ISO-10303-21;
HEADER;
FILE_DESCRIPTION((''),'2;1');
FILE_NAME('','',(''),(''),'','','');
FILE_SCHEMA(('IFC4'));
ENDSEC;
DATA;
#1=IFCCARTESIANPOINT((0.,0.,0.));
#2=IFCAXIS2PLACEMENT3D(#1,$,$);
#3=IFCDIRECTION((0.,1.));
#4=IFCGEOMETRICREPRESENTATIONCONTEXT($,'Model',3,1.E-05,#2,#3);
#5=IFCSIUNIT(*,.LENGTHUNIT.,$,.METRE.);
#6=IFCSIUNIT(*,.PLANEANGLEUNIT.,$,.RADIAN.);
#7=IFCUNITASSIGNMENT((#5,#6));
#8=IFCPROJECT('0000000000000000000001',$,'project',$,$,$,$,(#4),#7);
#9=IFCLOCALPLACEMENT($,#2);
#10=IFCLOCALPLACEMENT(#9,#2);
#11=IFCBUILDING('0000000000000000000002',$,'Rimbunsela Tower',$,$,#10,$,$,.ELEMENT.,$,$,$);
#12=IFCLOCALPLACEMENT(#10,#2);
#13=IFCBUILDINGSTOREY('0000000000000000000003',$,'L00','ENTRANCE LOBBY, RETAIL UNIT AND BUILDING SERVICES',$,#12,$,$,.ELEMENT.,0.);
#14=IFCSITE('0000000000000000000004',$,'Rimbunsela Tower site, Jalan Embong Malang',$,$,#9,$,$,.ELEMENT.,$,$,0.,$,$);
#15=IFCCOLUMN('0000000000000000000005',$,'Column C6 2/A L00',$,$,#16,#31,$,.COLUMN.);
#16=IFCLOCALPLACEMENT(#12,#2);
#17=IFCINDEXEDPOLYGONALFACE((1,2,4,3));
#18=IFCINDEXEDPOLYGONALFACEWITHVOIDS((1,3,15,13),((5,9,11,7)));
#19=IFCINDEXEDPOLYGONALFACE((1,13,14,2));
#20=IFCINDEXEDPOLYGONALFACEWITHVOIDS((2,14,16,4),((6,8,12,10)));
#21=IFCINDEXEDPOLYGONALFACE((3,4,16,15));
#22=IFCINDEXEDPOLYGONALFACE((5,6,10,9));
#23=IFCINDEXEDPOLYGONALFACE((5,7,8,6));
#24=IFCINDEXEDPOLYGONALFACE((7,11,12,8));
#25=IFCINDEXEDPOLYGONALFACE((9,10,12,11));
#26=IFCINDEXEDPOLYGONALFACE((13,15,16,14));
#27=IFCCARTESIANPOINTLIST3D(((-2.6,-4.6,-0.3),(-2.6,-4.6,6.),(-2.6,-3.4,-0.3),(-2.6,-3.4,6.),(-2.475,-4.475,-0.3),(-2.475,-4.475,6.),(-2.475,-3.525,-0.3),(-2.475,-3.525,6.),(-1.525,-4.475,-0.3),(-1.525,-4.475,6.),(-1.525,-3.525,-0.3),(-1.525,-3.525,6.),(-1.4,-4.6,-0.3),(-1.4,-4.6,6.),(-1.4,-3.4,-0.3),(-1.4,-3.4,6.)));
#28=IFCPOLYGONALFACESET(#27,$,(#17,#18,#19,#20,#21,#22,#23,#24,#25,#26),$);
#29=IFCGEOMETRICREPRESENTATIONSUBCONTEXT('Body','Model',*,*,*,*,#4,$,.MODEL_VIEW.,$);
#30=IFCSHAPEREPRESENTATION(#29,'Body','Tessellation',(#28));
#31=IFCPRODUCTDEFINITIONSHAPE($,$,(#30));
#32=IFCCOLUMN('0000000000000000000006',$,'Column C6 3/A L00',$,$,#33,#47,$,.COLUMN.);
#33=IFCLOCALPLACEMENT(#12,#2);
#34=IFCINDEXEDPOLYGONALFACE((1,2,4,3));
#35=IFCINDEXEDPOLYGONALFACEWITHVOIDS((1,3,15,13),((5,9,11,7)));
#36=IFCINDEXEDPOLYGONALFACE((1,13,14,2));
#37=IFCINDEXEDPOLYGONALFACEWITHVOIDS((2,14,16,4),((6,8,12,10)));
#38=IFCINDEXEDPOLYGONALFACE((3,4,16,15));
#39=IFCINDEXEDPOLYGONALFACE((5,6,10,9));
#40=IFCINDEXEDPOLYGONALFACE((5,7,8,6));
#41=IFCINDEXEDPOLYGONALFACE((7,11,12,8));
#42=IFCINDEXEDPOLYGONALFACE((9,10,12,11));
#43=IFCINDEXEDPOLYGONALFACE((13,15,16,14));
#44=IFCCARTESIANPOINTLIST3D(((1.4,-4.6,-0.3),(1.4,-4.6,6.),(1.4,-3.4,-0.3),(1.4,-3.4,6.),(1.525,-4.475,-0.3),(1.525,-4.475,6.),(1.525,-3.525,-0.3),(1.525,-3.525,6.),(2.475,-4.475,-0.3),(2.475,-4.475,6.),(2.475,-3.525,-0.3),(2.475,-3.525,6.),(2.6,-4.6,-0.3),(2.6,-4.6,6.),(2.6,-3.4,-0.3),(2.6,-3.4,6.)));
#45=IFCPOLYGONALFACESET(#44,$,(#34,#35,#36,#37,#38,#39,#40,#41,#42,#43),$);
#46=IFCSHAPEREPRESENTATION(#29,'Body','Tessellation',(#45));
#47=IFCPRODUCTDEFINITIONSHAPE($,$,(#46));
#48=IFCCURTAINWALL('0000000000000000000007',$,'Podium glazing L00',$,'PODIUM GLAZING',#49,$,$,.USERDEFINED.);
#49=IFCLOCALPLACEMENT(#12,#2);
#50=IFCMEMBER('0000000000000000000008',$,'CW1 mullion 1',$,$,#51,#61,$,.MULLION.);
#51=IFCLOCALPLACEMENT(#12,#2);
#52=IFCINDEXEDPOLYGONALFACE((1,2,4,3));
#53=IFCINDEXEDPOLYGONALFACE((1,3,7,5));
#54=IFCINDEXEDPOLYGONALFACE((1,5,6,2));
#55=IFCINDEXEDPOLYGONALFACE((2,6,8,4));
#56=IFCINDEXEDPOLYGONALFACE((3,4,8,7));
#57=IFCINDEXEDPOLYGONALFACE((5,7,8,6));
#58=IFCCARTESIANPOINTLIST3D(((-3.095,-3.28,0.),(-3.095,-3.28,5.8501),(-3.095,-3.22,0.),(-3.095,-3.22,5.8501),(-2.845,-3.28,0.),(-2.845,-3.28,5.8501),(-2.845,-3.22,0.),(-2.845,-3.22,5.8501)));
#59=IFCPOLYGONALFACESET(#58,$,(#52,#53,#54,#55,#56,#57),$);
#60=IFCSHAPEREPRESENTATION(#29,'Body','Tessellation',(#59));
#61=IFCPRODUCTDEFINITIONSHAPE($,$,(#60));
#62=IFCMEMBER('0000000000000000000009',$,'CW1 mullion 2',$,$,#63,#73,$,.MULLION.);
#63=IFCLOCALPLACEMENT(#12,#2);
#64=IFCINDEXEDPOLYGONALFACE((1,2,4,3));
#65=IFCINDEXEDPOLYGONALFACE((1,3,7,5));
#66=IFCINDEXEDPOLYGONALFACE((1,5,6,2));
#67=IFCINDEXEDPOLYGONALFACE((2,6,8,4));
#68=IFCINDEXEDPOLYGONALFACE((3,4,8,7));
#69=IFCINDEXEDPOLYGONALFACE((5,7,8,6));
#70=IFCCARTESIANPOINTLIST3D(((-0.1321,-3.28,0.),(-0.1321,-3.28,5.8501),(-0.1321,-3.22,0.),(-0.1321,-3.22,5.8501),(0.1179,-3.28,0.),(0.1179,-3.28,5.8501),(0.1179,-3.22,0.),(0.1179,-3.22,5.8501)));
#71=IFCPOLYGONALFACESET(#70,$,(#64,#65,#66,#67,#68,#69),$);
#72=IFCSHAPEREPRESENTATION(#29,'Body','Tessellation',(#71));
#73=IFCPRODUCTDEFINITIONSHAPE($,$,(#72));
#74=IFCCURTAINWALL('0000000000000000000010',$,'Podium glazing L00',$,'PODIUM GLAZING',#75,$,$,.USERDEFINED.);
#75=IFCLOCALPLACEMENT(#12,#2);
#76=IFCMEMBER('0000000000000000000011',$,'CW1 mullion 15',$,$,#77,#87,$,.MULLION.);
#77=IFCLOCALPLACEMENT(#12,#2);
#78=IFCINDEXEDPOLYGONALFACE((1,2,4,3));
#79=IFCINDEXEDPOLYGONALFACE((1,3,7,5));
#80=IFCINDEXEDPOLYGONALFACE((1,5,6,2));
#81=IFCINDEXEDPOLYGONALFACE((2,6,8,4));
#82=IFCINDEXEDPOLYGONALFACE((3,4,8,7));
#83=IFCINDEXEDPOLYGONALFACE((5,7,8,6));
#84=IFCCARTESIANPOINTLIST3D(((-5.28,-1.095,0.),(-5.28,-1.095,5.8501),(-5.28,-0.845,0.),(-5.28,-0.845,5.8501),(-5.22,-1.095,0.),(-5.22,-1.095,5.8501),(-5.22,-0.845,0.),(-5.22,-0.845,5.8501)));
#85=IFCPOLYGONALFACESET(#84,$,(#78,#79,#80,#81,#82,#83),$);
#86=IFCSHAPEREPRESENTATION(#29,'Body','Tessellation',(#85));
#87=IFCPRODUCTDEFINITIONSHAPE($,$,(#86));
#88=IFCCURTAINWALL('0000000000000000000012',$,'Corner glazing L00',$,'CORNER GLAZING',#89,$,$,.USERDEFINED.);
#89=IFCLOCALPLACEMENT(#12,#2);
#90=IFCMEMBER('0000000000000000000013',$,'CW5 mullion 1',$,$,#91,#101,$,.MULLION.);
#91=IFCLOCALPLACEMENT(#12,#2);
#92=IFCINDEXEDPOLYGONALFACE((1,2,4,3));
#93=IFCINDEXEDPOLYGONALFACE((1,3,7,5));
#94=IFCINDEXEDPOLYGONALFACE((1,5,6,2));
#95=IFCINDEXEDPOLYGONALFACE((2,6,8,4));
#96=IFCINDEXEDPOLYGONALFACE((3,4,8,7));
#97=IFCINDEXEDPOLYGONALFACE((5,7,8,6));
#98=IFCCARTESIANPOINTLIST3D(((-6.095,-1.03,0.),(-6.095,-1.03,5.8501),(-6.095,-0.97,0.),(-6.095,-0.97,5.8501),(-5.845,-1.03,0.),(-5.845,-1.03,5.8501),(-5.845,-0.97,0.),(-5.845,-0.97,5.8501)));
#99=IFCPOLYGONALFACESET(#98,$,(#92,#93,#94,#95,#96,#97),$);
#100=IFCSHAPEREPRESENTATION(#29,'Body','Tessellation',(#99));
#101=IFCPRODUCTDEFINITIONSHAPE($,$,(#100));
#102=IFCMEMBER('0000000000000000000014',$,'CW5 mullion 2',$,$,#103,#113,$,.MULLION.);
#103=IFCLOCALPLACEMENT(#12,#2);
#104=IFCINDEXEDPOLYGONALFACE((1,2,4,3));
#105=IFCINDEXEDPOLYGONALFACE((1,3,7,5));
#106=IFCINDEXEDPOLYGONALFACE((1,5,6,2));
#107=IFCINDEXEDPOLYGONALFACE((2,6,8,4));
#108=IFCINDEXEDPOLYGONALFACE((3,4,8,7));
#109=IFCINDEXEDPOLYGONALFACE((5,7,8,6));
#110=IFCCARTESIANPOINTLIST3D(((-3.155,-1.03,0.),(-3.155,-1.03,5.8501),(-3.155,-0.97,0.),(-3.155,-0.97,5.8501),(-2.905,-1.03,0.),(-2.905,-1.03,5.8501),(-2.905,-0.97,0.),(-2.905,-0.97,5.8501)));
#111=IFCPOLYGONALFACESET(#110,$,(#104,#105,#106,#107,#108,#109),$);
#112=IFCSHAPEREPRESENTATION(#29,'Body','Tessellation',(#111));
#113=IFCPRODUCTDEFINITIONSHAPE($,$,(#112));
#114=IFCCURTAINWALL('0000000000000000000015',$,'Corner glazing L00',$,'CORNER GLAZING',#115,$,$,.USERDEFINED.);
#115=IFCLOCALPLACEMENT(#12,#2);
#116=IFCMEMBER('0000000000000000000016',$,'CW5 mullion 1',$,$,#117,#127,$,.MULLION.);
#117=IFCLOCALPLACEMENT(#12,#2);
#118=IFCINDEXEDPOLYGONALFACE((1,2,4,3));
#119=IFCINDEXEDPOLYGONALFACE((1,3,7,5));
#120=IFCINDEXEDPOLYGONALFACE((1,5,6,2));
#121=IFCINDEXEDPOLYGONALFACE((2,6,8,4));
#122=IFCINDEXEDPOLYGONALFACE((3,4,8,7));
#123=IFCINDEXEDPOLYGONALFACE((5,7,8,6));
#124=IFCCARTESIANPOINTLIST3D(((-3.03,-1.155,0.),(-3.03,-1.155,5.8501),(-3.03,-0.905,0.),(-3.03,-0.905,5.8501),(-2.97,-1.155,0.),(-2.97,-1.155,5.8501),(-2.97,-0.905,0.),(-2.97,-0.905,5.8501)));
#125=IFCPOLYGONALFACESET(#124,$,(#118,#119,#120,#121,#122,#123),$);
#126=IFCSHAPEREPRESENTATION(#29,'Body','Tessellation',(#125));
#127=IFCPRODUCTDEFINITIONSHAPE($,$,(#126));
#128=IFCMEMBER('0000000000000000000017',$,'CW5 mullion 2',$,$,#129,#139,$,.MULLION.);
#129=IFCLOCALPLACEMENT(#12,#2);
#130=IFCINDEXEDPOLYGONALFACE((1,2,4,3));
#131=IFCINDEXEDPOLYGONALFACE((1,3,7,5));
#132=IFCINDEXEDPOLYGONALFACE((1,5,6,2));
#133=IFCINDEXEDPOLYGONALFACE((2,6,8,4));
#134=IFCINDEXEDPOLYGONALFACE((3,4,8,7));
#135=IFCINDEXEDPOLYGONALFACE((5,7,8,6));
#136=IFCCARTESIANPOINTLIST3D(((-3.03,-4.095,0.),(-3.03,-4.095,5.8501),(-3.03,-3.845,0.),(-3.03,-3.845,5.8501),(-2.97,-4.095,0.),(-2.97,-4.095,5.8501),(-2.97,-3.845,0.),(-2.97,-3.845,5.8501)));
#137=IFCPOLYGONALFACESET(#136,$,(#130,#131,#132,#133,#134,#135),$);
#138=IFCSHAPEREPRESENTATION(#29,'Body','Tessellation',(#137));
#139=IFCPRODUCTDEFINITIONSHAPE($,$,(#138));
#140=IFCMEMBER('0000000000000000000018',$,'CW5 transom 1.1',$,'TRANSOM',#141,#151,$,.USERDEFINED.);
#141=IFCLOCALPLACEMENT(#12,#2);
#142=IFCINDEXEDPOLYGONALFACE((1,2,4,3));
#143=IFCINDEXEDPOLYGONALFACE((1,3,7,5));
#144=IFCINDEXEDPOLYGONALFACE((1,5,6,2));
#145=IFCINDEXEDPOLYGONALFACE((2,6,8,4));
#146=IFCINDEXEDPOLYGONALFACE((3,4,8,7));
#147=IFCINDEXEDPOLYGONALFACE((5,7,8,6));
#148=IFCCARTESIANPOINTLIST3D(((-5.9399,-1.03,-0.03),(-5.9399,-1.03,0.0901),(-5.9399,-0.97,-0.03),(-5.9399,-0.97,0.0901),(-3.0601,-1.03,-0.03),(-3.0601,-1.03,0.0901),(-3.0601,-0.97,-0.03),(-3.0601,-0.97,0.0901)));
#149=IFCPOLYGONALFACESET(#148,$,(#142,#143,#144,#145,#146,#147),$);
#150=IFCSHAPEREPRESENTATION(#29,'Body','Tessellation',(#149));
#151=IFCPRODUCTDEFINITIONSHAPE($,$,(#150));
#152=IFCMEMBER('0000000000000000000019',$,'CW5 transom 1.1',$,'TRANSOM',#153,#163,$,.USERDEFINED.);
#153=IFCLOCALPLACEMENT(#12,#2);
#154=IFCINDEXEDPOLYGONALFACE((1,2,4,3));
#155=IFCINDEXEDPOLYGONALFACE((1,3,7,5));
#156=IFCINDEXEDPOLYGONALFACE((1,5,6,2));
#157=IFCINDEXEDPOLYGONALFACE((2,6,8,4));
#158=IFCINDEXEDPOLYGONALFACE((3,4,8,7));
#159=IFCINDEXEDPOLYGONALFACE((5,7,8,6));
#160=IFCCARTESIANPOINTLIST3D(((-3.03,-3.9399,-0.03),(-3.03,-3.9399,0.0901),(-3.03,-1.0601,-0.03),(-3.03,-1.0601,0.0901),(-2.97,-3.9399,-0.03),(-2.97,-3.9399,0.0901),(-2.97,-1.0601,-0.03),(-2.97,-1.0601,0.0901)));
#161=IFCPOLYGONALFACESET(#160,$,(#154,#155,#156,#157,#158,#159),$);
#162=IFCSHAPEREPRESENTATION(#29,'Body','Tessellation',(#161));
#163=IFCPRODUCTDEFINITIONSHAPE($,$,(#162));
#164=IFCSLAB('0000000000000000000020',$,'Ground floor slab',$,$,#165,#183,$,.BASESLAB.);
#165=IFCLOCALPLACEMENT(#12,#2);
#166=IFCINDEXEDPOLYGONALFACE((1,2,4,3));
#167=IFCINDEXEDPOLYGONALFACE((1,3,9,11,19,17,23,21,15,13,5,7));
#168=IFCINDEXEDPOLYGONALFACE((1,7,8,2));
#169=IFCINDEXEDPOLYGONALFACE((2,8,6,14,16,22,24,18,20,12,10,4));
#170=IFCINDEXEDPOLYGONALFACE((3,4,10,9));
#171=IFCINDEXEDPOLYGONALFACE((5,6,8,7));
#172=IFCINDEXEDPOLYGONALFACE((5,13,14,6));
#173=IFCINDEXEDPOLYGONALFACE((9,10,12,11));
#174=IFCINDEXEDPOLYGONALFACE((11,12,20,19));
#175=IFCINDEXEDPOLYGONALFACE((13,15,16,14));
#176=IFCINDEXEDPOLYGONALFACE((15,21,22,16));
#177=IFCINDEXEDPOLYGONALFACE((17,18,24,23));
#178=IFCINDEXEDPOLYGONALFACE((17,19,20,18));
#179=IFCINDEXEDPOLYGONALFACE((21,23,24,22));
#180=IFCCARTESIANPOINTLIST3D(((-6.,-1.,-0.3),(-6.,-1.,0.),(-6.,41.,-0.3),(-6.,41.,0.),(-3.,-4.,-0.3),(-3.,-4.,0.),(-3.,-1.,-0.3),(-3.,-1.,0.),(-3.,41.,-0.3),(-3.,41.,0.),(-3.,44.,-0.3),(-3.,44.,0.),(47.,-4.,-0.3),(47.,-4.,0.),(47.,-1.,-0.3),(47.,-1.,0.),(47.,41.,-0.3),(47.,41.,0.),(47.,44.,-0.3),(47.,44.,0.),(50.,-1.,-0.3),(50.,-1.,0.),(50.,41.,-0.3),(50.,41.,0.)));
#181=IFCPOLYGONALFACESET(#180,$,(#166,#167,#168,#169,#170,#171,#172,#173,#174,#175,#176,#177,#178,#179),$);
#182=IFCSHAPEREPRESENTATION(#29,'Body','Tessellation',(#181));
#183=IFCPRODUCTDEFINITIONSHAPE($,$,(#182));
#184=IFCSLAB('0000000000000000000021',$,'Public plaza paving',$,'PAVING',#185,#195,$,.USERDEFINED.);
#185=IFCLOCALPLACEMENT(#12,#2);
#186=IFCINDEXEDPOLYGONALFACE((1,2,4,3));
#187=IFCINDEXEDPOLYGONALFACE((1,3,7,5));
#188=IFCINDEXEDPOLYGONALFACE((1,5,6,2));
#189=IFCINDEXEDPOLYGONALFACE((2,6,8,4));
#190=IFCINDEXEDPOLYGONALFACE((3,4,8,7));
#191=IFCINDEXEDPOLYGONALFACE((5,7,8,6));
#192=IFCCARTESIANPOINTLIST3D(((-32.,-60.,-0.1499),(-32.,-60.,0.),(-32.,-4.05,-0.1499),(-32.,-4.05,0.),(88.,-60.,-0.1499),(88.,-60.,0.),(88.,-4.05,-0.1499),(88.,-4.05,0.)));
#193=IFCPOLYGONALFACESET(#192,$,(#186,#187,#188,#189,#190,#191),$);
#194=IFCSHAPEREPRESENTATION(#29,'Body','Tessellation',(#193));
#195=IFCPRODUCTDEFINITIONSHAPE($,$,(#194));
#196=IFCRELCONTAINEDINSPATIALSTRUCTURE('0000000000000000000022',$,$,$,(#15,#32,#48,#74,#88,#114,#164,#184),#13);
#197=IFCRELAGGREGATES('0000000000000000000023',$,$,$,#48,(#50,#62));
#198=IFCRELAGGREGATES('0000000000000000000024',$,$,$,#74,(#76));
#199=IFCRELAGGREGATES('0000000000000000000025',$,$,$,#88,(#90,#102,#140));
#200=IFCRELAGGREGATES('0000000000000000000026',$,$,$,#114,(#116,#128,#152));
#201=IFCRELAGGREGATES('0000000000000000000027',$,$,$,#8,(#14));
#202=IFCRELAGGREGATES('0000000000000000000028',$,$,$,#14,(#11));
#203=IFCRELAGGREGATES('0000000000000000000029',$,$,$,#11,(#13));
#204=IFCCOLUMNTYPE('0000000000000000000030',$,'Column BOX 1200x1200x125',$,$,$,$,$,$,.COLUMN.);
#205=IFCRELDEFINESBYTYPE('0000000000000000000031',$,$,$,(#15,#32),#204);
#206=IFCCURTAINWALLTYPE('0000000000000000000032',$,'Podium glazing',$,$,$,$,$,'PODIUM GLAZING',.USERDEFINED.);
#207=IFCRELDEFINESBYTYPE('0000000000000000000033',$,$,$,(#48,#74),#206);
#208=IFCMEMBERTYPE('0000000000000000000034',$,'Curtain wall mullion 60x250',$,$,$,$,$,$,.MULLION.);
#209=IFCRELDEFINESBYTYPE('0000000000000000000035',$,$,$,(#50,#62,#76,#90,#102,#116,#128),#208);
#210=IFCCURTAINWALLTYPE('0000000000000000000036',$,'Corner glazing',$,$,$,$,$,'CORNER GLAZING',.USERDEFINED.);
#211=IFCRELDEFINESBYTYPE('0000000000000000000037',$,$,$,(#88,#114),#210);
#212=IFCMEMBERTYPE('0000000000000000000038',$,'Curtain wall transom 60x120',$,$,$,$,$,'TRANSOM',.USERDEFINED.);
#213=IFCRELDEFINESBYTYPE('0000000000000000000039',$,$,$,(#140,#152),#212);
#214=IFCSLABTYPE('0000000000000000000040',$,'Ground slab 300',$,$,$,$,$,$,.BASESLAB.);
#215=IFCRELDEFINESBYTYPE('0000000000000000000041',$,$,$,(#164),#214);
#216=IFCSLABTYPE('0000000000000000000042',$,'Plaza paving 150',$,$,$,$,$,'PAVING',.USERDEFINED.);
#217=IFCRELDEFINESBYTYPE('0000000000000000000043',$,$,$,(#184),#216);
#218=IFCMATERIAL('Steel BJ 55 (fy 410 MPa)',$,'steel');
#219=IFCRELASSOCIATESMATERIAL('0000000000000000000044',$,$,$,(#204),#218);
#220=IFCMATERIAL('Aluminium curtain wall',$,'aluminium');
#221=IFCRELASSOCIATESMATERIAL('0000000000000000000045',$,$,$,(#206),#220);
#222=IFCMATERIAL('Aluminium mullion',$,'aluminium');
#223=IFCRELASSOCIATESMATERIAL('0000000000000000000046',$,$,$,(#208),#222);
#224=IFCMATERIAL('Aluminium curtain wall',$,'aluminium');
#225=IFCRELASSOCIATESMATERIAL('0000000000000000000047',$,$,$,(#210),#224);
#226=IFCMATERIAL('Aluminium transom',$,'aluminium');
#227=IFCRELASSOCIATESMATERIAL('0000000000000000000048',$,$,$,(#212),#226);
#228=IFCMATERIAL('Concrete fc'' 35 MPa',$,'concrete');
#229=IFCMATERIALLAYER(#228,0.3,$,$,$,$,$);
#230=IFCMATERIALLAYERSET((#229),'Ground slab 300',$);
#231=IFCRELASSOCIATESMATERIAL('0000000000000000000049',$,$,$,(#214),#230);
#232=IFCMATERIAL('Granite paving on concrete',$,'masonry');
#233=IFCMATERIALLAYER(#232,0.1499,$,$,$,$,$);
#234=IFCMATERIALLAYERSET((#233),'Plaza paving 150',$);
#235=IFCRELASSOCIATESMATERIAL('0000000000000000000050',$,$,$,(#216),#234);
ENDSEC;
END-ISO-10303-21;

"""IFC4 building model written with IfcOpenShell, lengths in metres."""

from ifc_helpers import new_model, si_unit, direction, frame, origin, origin_2d, place, context, subcontext, project, spatial, polyline, rectangle, hollow_rectangle, outline, extrude, material, layer, layer_set, material_profile, profile_set, type_object, element, aggregate, save


model = new_model("IFC4")

# Units and contexts
model_context = context("Model", 3, precision=1e-05, world=origin(), true_north=direction((0.0, 1.0)))
body_context = subcontext(model_context, "Body", "Model", "MODEL_VIEW")
ifc_project = project(units=[si_unit("LENGTHUNIT", "METRE"), si_unit("PLANEANGLEUNIT", "RADIAN")], contexts=[model_context])

# Site, building, storey
site_placement = place(None, origin())
site = spatial("IfcSite", under=ifc_project, at=site_placement, Name="Rimbunsela Tower site, Jalan Embong Malang", CompositionType="ELEMENT", RefElevation=0.0)
building_placement = place(site_placement, origin())
building = spatial("IfcBuilding", under=site, at=building_placement, Name="Rimbunsela Tower", CompositionType="ELEMENT")
storey_placement = place(building_placement, origin())
storey = spatial("IfcBuildingStorey", under=building, at=storey_placement, Name="L00", Description="ENTRANCE LOBBY, RETAIL UNIT AND BUILDING SERVICES", CompositionType="ELEMENT", Elevation=0.0)

# Columns
ifc_material_1 = material(Name="Steel BJ 55 (fy 410 MPa)", Category="steel")
ifc_material_profile_1 = material_profile(ifc_material_1, hollow_rectangle(XDim=1.2, YDim=1.2, WallThickness=0.125, at=origin_2d()), Name="BOX 1200x1200x125")
ifc_profile_set_1 = profile_set([ifc_material_profile_1], Name="Steel BJ 55 (fy 410 MPa)")
column_type = type_object("IfcColumnType", Name="Column BOX 1200x1200x125", PredefinedType="COLUMN", material=ifc_profile_set_1)
for number, where, z_axis, x_axis, name in (
    (1, (-2.0, -4.0, -0.3), (0.0, 0.0, 1.0), (1.0, 0.0, 0.0), "Column C6 2/A L00"),
    (2, (2.0, -4.0, -0.3), (0.0, 0.0, 1.0), (1.0, 0.0, 0.0), "Column C6 3/A L00"),
):
    element("IfcColumn", number, at=place(storey_placement, frame(where, z_axis=z_axis, x_axis=x_axis)), inside=storey, type_object=column_type, Name=name, PredefinedType="COLUMN", context=body_context, shape_type="SweptSolid", body=[
        extrude(hollow_rectangle(XDim=1.2, YDim=1.2, WallThickness=0.125, at=origin_2d()), origin(), (0.0, 0.0, 1.0), 6.3),
    ])

# Curtain wall, members
ifc_material_2 = material(Name="Aluminium curtain wall", Category="aluminium")
curtain_wall_type_1 = type_object("IfcCurtainWallType", Name="Podium glazing", ElementType="PODIUM GLAZING", PredefinedType="USERDEFINED", material=ifc_material_2)
curtain_wall_1_placement = place(storey_placement, origin())
curtain_wall_1 = element("IfcCurtainWall", 3, at=curtain_wall_1_placement, inside=storey, type_object=curtain_wall_type_1, Name="Podium glazing L00", ObjectType="PODIUM GLAZING", PredefinedType="USERDEFINED")
ifc_material_3 = material(Name="Aluminium mullion", Category="aluminium")
ifc_material_profile_2 = material_profile(ifc_material_3, rectangle(XDim=0.0601, YDim=0.25, at=origin_2d()), Name="Mullion 60x250")
ifc_profile_set_2 = profile_set([ifc_material_profile_2], Name="Aluminium mullion")
member_type_1 = type_object("IfcMemberType", Name="Curtain wall mullion 60x250", PredefinedType="MULLION", material=ifc_profile_set_2)
member_1_placement = place(storey_placement, frame((-2.97, -3.25, 0.0), z_axis=(0.0, 0.0, 1.0), x_axis=(0.0, 1.0, 0.0)))
member_1 = element("IfcMember", 4, at=member_1_placement, type_object=member_type_1, Name="CW1 mullion 1", PredefinedType="MULLION", context=body_context, shape_type="SweptSolid", body=[
    extrude(rectangle(XDim=0.0601, YDim=0.25, at=origin_2d()), origin(), (0.0, 0.0, 1.0), 5.8501),
])
member_2_placement = place(storey_placement, frame((-0.0071, -3.25, 0.0), z_axis=(0.0, 0.0, 1.0), x_axis=(0.0, 1.0, 0.0)))
member_2 = element("IfcMember", 5, at=member_2_placement, type_object=member_type_1, Name="CW1 mullion 2", PredefinedType="MULLION", context=body_context, shape_type="SweptSolid", body=[
    extrude(rectangle(XDim=0.0601, YDim=0.25, at=origin_2d()), origin(), (0.0, 0.0, 1.0), 5.8501),
])
aggregate(curtain_wall_1, [member_1, member_2])

# Curtain wall, member
curtain_wall_2_placement = place(storey_placement, origin())
curtain_wall_2 = element("IfcCurtainWall", 6, at=curtain_wall_2_placement, inside=storey, type_object=curtain_wall_type_1, Name="Podium glazing L00", ObjectType="PODIUM GLAZING", PredefinedType="USERDEFINED")
member_3_placement = place(storey_placement, frame((-5.25, -0.97, 0.0), z_axis=(0.0, 0.0, 1.0), x_axis=(1.0, 0.0, 0.0)))
member_3 = element("IfcMember", 7, at=member_3_placement, type_object=member_type_1, Name="CW1 mullion 15", PredefinedType="MULLION", context=body_context, shape_type="SweptSolid", body=[
    extrude(rectangle(XDim=0.0601, YDim=0.25, at=origin_2d()), origin(), (0.0, 0.0, 1.0), 5.8501),
])
aggregate(curtain_wall_2, [member_3])

# Curtain walls, members
ifc_material_4 = material(Name="Aluminium curtain wall", Category="aluminium")
curtain_wall_type_2 = type_object("IfcCurtainWallType", Name="Corner glazing", ElementType="CORNER GLAZING", PredefinedType="USERDEFINED", material=ifc_material_4)
curtain_wall_3_placement = place(storey_placement, origin())
curtain_wall_3 = element("IfcCurtainWall", 8, at=curtain_wall_3_placement, inside=storey, type_object=curtain_wall_type_2, Name="Corner glazing L00", ObjectType="CORNER GLAZING", PredefinedType="USERDEFINED")
member_4_placement = place(storey_placement, frame((-5.97, -1.0, 0.0), z_axis=(0.0, 0.0, 1.0), x_axis=(0.0, 1.0, 0.0)))
member_4 = element("IfcMember", 9, at=member_4_placement, type_object=member_type_1, Name="CW5 mullion 1", PredefinedType="MULLION", context=body_context, shape_type="SweptSolid", body=[
    extrude(rectangle(XDim=0.0601, YDim=0.25, at=origin_2d()), origin(), (0.0, 0.0, 1.0), 5.8501),
])
member_5_placement = place(storey_placement, frame((-3.03, -1.0, 0.0), z_axis=(0.0, 0.0, 1.0), x_axis=(0.0, 1.0, 0.0)))
member_5 = element("IfcMember", 10, at=member_5_placement, type_object=member_type_1, Name="CW5 mullion 2", PredefinedType="MULLION", context=body_context, shape_type="SweptSolid", body=[
    extrude(rectangle(XDim=0.0601, YDim=0.25, at=origin_2d()), origin(), (0.0, 0.0, 1.0), 5.8501),
])
curtain_wall_4_placement = place(storey_placement, origin())
curtain_wall_4 = element("IfcCurtainWall", 11, at=curtain_wall_4_placement, inside=storey, type_object=curtain_wall_type_2, Name="Corner glazing L00", ObjectType="CORNER GLAZING", PredefinedType="USERDEFINED")
member_6_placement = place(storey_placement, frame((-3.0, -1.03, 0.0), z_axis=(0.0, 0.0, 1.0), x_axis=(1.0, 0.0, 0.0)))
member_6 = element("IfcMember", 12, at=member_6_placement, type_object=member_type_1, Name="CW5 mullion 1", PredefinedType="MULLION", context=body_context, shape_type="SweptSolid", body=[
    extrude(rectangle(XDim=0.0601, YDim=0.25, at=origin_2d()), origin(), (0.0, 0.0, 1.0), 5.8501),
])
member_7_placement = place(storey_placement, frame((-3.0, -3.97, 0.0), z_axis=(0.0, 0.0, 1.0), x_axis=(1.0, 0.0, 0.0)))
member_7 = element("IfcMember", 13, at=member_7_placement, type_object=member_type_1, Name="CW5 mullion 2", PredefinedType="MULLION", context=body_context, shape_type="SweptSolid", body=[
    extrude(rectangle(XDim=0.0601, YDim=0.25, at=origin_2d()), origin(), (0.0, 0.0, 1.0), 5.8501),
])

# Members
ifc_material_5 = material(Name="Aluminium transom", Category="aluminium")
ifc_material_profile_3 = material_profile(ifc_material_5, rectangle(XDim=0.0601, YDim=0.1201, at=origin_2d()), Name="Transom 60x120")
ifc_profile_set_3 = profile_set([ifc_material_profile_3], Name="Aluminium transom")
member_type_2 = type_object("IfcMemberType", Name="Curtain wall transom 60x120", ElementType="TRANSOM", PredefinedType="USERDEFINED", material=ifc_profile_set_3)
member_8_placement = place(storey_placement, frame((-5.9399, -1.0, 0.03), z_axis=(1.0, 0.0, 0.0), x_axis=(0.0, 1.0, 0.0)))
member_8 = element("IfcMember", 14, at=member_8_placement, type_object=member_type_2, Name="CW5 transom 1.1", ObjectType="TRANSOM", PredefinedType="USERDEFINED", context=body_context, shape_type="SweptSolid", body=[
    extrude(rectangle(XDim=0.0601, YDim=0.1201, at=origin_2d()), origin(), (0.0, 0.0, 1.0), 2.8799),
])
aggregate(curtain_wall_3, [member_4, member_5, member_8])
member_9_placement = place(storey_placement, frame((-3.0, -1.0601, 0.03), z_axis=(0.0, -1.0, 0.0), x_axis=(1.0, 0.0, 0.0)))
member_9 = element("IfcMember", 15, at=member_9_placement, type_object=member_type_2, Name="CW5 transom 1.1", ObjectType="TRANSOM", PredefinedType="USERDEFINED", context=body_context, shape_type="SweptSolid", body=[
    extrude(rectangle(XDim=0.0601, YDim=0.1201, at=origin_2d()), origin(), (0.0, 0.0, 1.0), 2.8799),
])
aggregate(curtain_wall_4, [member_6, member_7, member_9])

# Slabs
ifc_material_6 = material(Name="Concrete fc' 35 MPa", Category="concrete")
ifc_layer_1 = layer(ifc_material_6, 0.3)
ifc_layer_set_1 = layer_set([ifc_layer_1], Name="Ground slab 300")
slab_type_1 = type_object("IfcSlabType", Name="Ground slab 300", PredefinedType="BASESLAB", material=ifc_layer_set_1)
slab_1_placement = place(storey_placement, frame((0.0, 0.0, -0.3)))
element("IfcSlab", 16, at=slab_1_placement, inside=storey, type_object=slab_type_1, Name="Ground floor slab", PredefinedType="BASESLAB", context=body_context, shape_type="SweptSolid", body=[
    extrude(outline(polyline([(-3.0, -4.0), (47.0, -4.0), (47.0, -1.0), (50.0, -1.0), (50.0, 41.0), (47.0, 41.0), (47.0, 44.0), (-3.0, 44.0), (-3.0, 41.0), (-6.0, 41.0), (-6.0, -1.0), (-3.0, -1.0), (-3.0, -4.0)])), origin(), (0.0, 0.0, 1.0), 0.3),
])
ifc_material_7 = material(Name="Granite paving on concrete", Category="masonry")
ifc_layer_2 = layer(ifc_material_7, 0.1499)
ifc_layer_set_2 = layer_set([ifc_layer_2], Name="Plaza paving 150")
slab_type_2 = type_object("IfcSlabType", Name="Plaza paving 150", ElementType="PAVING", PredefinedType="USERDEFINED", material=ifc_layer_set_2)
slab_2_placement = place(storey_placement, frame((0.0, 0.0, -0.1499)))
element("IfcSlab", 17, at=slab_2_placement, inside=storey, type_object=slab_type_2, Name="Public plaza paving", ObjectType="PAVING", PredefinedType="USERDEFINED", context=body_context, shape_type="SweptSolid", body=[
    extrude(outline(polyline([(88.0, -60.0), (88.0, -4.05), (-32.0, -4.05), (-32.0, -60.0), (88.0, -60.0)])), origin(), (0.0, 0.0, 1.0), 0.1499),
])

save(model, "model.ifc")
